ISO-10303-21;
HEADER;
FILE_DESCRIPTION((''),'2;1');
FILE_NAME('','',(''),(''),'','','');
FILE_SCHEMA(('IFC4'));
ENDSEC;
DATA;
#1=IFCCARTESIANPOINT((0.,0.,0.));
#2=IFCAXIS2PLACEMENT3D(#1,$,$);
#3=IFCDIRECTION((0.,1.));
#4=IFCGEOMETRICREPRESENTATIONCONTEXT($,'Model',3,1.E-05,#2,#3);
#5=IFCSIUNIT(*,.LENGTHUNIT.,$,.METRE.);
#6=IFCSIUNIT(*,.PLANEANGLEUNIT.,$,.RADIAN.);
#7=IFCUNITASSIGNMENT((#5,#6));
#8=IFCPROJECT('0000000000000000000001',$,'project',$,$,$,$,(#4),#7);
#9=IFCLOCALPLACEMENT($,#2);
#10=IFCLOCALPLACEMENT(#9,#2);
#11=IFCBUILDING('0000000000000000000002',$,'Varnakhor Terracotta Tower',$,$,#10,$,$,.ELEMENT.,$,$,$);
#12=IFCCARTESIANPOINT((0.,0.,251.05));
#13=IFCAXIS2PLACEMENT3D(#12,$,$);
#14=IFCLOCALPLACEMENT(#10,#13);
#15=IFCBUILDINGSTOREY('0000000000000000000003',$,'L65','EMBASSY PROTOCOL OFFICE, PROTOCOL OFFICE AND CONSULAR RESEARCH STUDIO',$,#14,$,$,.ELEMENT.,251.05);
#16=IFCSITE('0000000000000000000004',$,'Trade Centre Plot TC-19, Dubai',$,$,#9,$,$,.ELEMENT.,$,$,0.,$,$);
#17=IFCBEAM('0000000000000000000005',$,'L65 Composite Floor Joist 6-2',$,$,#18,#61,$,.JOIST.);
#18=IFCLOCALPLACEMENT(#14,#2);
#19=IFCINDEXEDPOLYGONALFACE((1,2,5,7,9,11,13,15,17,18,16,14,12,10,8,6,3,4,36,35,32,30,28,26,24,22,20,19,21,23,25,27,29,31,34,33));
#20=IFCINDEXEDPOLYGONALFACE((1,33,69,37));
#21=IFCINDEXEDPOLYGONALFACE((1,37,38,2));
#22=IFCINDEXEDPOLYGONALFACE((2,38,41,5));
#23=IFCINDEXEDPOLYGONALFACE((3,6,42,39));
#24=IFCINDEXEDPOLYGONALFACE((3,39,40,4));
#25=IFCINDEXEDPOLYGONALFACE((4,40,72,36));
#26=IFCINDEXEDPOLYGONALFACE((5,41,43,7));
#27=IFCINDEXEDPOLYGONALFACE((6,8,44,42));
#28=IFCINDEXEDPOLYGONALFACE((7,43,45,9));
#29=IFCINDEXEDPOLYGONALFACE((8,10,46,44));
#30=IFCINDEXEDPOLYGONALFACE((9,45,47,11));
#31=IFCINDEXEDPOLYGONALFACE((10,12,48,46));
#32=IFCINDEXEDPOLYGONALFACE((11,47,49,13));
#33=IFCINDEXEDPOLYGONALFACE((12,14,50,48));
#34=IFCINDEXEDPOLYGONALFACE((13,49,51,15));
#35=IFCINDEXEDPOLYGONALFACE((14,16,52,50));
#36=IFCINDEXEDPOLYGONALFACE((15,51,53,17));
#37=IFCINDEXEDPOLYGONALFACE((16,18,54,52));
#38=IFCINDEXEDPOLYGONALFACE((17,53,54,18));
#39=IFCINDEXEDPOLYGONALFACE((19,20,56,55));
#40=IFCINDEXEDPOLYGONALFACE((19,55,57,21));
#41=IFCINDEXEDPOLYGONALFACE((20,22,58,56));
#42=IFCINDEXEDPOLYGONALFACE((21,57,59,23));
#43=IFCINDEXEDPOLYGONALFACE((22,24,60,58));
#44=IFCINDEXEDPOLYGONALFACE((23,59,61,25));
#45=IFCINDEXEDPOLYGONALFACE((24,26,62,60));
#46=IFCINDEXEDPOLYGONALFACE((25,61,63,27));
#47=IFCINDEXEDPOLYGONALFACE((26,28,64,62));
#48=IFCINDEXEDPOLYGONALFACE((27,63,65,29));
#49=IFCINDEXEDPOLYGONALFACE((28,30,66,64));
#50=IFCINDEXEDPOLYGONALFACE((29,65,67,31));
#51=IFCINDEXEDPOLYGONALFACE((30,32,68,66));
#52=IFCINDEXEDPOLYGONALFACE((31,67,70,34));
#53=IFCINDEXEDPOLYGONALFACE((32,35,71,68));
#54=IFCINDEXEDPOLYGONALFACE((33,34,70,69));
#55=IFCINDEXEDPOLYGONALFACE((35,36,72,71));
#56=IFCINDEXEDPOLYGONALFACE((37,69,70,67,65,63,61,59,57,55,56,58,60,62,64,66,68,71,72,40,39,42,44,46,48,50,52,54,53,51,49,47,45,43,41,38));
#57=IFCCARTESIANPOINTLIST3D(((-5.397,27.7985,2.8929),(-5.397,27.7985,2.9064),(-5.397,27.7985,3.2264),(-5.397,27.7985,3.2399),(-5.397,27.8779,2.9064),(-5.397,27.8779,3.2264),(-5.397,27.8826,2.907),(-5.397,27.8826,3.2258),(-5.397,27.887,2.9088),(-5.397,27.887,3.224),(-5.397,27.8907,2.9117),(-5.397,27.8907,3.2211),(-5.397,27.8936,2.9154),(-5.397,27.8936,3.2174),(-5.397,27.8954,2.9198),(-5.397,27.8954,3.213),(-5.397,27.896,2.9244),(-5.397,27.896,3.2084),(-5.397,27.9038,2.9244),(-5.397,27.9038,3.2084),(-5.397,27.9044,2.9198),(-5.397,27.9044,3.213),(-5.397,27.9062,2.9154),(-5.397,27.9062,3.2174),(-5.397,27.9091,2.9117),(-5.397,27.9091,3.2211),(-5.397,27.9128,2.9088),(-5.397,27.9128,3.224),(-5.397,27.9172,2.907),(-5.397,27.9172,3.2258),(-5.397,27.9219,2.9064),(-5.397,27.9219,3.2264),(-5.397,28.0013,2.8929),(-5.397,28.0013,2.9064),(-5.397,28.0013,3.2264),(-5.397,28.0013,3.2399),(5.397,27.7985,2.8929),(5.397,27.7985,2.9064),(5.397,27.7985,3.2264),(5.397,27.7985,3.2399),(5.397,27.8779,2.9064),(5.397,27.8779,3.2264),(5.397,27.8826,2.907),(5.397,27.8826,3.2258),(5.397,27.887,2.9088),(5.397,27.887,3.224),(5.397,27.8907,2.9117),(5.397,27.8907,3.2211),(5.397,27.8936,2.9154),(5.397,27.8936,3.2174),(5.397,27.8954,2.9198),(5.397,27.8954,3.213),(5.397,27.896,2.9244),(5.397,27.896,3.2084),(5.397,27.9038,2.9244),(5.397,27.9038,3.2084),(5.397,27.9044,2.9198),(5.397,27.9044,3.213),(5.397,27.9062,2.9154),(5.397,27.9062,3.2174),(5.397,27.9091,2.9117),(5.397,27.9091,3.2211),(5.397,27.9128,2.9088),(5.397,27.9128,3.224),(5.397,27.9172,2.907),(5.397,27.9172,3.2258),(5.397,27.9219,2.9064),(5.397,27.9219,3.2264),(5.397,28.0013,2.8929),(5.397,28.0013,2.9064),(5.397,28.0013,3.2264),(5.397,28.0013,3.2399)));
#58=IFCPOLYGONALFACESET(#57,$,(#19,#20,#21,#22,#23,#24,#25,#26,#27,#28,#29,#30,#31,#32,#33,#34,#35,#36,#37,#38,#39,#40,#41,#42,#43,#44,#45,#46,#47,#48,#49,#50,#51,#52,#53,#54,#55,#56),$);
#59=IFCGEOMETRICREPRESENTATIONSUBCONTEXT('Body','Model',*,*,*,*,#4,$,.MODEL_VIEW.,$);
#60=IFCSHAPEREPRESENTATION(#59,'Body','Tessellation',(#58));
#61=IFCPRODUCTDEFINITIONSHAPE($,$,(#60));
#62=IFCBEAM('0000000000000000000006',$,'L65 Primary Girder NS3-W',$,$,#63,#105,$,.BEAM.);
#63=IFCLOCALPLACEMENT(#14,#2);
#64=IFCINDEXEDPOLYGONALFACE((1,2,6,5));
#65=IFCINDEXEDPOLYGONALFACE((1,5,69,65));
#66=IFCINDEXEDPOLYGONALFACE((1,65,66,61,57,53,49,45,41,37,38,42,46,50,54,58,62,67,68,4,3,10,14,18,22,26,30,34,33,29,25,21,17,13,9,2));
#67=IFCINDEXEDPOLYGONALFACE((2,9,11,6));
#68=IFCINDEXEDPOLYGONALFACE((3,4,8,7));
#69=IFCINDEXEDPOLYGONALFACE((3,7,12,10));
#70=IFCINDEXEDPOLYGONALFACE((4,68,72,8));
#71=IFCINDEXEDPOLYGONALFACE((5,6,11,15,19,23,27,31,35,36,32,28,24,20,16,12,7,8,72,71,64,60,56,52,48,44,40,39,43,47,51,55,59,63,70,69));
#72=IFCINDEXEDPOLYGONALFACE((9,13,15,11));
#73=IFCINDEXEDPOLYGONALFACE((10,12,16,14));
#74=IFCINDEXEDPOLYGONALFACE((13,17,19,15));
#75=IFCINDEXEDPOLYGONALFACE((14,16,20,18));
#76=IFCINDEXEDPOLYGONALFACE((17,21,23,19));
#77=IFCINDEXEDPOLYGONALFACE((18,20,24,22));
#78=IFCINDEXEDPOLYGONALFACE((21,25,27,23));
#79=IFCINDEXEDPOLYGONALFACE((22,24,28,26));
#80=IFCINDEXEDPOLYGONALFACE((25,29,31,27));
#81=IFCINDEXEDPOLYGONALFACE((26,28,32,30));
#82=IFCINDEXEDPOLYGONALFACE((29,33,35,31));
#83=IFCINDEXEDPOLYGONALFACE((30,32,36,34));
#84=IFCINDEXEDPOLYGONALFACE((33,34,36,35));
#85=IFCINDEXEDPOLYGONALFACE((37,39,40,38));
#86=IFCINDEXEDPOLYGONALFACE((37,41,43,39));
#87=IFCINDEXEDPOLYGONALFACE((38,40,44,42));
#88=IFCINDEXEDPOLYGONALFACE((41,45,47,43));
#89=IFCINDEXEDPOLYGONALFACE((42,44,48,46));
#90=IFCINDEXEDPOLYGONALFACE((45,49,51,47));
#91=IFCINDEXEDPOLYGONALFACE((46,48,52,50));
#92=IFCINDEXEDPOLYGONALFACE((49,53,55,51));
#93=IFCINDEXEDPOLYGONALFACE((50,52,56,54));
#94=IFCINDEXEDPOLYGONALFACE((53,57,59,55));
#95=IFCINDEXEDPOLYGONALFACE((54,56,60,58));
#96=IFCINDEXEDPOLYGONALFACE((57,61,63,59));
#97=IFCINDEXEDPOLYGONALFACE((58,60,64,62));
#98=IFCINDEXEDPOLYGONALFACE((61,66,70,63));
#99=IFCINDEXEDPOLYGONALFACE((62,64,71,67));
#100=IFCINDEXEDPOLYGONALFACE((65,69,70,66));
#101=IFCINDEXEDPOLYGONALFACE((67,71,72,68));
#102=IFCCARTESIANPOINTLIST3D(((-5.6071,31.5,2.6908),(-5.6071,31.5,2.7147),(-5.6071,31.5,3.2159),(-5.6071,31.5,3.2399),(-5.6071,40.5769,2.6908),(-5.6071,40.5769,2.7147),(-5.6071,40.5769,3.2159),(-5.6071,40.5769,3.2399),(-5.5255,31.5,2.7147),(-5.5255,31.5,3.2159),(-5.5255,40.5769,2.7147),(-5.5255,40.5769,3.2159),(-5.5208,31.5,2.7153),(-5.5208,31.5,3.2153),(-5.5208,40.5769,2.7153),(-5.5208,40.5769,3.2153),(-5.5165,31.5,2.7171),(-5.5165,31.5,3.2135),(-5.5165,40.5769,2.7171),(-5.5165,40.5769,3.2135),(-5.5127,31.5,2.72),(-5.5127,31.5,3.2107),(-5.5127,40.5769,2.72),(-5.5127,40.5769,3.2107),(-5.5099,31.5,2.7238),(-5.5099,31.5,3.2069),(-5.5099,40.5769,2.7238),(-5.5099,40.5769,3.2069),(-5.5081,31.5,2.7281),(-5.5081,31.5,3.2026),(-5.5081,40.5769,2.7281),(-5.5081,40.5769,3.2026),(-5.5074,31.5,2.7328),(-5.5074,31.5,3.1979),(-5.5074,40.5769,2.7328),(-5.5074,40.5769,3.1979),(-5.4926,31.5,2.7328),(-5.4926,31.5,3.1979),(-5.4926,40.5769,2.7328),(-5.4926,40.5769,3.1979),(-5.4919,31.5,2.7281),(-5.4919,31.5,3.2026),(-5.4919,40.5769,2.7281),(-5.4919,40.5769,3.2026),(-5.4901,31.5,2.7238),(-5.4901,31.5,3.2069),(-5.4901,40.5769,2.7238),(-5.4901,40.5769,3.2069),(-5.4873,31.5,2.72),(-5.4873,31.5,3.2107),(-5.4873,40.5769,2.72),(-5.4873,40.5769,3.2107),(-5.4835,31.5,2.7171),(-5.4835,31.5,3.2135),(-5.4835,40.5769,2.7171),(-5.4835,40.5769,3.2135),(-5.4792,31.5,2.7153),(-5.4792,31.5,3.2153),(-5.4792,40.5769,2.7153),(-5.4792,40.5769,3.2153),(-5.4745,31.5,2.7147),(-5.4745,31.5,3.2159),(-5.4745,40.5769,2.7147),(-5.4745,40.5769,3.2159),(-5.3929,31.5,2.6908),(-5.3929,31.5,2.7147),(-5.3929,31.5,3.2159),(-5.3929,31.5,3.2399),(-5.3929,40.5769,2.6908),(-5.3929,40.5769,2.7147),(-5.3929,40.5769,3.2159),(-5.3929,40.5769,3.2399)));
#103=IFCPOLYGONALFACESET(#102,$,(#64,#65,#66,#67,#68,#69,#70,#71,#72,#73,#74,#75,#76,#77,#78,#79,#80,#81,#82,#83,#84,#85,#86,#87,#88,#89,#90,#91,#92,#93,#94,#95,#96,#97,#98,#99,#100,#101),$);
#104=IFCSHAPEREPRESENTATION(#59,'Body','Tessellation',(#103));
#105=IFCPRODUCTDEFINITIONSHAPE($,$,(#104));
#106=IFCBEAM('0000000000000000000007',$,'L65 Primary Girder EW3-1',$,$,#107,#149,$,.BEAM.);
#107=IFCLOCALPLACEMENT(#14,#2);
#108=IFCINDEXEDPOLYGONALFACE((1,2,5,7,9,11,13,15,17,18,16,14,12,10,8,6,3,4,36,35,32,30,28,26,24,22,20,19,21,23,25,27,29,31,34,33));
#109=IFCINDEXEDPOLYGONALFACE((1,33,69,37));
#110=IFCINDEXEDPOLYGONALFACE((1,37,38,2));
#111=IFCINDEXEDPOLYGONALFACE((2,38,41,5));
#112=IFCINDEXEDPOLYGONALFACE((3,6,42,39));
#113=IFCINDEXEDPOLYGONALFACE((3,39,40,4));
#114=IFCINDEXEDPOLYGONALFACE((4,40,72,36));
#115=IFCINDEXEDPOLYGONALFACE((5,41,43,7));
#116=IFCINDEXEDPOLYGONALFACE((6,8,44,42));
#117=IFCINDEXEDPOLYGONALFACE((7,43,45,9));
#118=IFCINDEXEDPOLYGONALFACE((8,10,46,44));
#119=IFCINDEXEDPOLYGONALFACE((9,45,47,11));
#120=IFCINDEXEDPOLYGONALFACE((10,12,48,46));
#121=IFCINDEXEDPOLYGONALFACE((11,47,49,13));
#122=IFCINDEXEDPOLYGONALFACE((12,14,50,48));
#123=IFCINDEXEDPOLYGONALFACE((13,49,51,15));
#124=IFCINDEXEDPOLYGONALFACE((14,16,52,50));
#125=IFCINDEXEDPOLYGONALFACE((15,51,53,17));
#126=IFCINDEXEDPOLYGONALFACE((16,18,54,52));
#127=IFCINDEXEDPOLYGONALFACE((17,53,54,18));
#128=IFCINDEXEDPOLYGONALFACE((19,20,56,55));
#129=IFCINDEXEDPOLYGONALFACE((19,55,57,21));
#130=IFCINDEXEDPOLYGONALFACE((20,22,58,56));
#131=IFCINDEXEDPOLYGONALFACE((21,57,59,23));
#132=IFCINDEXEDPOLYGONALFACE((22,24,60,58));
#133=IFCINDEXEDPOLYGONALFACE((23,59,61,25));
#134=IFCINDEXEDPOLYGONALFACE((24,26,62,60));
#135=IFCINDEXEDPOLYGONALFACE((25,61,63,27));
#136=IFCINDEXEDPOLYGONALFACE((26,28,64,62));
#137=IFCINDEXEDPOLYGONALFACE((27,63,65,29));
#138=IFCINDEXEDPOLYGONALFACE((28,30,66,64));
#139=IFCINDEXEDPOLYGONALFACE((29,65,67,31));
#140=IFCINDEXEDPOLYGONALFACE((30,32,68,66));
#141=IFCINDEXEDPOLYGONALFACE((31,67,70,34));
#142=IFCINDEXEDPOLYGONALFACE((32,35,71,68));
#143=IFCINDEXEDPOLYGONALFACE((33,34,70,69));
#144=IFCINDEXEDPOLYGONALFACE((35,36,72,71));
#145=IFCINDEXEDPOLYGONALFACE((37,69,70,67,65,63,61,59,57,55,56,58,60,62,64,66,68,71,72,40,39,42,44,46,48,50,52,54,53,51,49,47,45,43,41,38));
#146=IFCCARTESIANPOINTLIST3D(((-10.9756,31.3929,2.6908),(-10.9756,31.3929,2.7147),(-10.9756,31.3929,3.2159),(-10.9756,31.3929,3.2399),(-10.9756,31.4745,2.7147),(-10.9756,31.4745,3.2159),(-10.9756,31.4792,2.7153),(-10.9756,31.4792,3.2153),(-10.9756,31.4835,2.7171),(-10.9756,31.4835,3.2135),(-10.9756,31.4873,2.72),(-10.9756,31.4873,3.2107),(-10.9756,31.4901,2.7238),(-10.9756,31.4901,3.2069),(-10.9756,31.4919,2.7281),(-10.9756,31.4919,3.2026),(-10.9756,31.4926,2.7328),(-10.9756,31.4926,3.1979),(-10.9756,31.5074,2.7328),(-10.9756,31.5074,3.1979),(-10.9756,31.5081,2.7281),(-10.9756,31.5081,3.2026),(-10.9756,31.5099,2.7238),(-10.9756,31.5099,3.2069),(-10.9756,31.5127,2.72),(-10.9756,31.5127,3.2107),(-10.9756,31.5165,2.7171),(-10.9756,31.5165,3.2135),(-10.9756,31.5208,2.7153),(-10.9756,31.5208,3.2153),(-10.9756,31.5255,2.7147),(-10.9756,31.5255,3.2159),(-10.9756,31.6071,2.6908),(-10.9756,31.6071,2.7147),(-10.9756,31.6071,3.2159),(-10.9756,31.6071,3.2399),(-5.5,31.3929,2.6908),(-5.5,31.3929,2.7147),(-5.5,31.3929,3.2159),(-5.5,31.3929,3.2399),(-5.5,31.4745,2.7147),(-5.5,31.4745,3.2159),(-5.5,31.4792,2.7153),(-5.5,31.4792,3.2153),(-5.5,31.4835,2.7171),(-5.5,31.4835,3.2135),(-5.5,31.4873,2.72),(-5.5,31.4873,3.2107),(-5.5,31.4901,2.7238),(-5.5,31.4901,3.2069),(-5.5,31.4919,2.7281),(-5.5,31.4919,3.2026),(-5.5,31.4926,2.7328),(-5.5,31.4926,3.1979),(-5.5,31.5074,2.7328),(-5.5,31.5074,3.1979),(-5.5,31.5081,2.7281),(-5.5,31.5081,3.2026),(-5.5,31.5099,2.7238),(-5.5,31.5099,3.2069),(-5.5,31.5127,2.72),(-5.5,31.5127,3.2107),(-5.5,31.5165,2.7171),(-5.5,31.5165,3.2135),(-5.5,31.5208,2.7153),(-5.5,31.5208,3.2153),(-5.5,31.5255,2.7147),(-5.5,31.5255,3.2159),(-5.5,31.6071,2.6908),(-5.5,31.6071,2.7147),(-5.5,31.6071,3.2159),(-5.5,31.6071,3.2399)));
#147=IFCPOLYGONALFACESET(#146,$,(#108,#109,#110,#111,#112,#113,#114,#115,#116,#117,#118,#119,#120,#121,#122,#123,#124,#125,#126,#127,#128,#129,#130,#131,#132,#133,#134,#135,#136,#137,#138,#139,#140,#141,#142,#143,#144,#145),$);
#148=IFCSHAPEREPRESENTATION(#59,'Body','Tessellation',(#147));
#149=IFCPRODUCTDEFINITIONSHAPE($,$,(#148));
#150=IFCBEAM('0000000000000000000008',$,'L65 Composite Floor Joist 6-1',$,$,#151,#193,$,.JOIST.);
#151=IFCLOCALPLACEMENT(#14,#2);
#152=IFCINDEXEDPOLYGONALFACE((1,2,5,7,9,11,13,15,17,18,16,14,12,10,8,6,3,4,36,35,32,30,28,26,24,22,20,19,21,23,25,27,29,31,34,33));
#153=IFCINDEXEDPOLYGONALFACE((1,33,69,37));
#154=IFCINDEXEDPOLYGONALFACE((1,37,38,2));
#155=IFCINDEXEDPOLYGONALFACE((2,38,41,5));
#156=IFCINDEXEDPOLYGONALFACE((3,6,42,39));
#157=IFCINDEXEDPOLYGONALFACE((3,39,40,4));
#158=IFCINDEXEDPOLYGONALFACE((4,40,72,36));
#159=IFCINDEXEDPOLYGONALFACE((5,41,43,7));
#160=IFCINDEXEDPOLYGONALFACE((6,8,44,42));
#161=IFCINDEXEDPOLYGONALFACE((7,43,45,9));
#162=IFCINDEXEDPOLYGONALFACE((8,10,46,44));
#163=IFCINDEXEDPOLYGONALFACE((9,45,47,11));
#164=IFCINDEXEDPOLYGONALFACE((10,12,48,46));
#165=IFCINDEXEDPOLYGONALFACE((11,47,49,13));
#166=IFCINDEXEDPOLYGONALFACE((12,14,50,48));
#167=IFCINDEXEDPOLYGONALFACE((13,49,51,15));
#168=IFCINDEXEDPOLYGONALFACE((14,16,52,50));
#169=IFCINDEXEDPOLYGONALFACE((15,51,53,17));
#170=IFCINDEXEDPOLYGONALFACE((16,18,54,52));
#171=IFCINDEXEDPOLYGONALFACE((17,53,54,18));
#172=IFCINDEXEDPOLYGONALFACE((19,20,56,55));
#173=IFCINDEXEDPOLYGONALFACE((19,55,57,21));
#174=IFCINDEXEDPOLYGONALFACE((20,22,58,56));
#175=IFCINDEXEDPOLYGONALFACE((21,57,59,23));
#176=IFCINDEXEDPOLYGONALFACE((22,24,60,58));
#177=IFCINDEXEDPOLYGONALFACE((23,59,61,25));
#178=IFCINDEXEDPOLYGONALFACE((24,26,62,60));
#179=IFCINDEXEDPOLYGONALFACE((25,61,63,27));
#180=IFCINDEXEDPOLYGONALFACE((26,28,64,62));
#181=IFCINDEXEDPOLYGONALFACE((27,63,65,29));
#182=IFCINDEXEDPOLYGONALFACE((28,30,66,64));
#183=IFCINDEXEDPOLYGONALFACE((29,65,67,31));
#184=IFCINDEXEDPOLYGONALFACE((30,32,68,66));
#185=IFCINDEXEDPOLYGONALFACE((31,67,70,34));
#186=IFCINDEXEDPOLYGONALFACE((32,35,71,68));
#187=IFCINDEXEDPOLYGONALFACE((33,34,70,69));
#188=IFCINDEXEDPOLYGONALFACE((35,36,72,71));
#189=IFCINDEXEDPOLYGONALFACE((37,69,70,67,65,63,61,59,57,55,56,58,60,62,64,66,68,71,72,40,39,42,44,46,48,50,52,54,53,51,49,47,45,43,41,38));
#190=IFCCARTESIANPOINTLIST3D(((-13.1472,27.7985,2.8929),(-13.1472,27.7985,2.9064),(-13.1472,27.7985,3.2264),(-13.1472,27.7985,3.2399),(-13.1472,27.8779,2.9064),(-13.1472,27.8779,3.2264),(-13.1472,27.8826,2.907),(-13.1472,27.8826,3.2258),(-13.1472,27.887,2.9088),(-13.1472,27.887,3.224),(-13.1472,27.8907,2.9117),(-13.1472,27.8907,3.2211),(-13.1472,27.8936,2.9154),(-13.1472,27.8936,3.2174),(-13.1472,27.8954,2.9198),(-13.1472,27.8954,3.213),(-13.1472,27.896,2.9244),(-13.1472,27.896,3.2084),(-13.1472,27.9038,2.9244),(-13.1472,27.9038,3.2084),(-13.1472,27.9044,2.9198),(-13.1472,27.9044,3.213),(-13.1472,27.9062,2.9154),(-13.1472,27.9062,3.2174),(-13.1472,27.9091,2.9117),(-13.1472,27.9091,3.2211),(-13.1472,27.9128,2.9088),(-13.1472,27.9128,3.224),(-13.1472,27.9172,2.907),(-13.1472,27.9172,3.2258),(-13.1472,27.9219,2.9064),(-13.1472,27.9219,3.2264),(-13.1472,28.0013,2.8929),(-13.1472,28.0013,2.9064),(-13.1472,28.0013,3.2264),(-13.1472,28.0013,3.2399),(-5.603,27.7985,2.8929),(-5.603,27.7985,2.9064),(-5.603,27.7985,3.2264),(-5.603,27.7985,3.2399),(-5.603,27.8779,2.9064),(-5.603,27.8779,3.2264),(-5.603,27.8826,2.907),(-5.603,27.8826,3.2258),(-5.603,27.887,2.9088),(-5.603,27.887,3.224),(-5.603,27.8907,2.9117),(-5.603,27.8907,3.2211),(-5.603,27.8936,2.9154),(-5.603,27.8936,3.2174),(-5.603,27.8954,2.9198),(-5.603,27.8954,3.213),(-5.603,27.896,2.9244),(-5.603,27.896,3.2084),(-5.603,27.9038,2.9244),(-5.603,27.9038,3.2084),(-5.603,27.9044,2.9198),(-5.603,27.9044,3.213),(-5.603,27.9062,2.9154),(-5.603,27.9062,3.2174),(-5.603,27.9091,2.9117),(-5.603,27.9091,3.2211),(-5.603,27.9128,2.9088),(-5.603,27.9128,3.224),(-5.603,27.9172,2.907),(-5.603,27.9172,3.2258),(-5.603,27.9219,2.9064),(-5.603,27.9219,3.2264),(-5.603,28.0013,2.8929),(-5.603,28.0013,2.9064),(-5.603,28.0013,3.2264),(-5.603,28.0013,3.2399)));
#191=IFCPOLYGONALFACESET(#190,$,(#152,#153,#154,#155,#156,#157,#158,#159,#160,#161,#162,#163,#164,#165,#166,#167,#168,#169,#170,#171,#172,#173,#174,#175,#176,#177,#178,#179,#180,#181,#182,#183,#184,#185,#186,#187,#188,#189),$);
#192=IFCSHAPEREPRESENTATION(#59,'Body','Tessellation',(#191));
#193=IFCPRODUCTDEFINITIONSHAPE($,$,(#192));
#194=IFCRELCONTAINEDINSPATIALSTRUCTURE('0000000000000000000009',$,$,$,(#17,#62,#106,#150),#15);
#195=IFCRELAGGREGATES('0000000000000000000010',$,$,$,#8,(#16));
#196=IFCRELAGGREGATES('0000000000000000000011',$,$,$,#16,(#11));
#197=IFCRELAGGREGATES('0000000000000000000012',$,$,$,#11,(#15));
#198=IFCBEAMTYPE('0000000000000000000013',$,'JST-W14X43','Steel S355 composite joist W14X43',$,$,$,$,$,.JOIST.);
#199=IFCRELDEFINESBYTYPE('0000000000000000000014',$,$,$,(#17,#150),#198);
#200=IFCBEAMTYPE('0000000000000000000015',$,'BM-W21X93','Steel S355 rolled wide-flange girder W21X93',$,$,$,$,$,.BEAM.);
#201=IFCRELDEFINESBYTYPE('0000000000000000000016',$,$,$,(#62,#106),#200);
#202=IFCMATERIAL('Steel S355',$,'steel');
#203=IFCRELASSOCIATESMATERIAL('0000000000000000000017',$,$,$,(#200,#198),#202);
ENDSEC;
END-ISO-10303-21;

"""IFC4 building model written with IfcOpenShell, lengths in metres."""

from ifc_helpers import new_model, si_unit, direction, frame, origin, origin_2d, place, context, subcontext, project, spatial, i_section, extrude, source, transform, mapped, material, material_profile, profile_set, type_object, element, save


model = new_model("IFC4")

# Units and contexts
model_context = context("Model", 3, precision=1e-05, world=origin(), true_north=direction((0.0, 1.0)))
body_context = subcontext(model_context, "Body", "Model", "MODEL_VIEW")
ifc_project = project(units=[si_unit("LENGTHUNIT", "METRE"), si_unit("PLANEANGLEUNIT", "RADIAN")], contexts=[model_context])

# Site, building, storey
site_placement = place(None, origin())
site = spatial("IfcSite", under=ifc_project, at=site_placement, Name="Trade Centre Plot TC-19, Dubai", CompositionType="ELEMENT", RefElevation=0.0)
building_placement = place(site_placement, origin())
building = spatial("IfcBuilding", under=site, at=building_placement, Name="Varnakhor Terracotta Tower", CompositionType="ELEMENT")
storey_placement = place(building_placement, frame((0.0, 0.0, 251.05)))
storey = spatial("IfcBuildingStorey", under=building, at=storey_placement, Name="L65", Description="EMBASSY PROTOCOL OFFICE, PROTOCOL OFFICE AND CONSULAR RESEARCH STUDIO", CompositionType="ELEMENT", Elevation=251.05)

# Beams
ifc_material_1 = material(Name="Steel S355", Category="steel")
ifc_material_profile_1 = material_profile(ifc_material_1, i_section(OverallWidth=0.2141, OverallDepth=0.5491, WebThickness=0.0149, FlangeThickness=0.0239, FilletRadius=0.0181, at=origin_2d()), Name="W21X93")
ifc_profile_set_1 = profile_set([ifc_material_profile_1], Name="Steel S355")
beam_type_1 = type_object("IfcBeamType", Name="BM-W21X93", Description="Steel S355 rolled wide-flange girder W21X93", PredefinedType="BEAM", material=ifc_profile_set_1)
ifc_material_profile_2 = material_profile(ifc_material_1, i_section(OverallWidth=0.2029, OverallDepth=0.3469, WebThickness=0.0078, FlangeThickness=0.0134, FilletRadius=0.0181, at=origin_2d()), Name="W14X43")
ifc_profile_set_2 = profile_set([ifc_material_profile_2], Name="Steel S355")
beam_type_2 = type_object("IfcBeamType", Name="JST-W14X43", Description="Steel S355 composite joist W14X43", PredefinedType="JOIST", material=ifc_profile_set_2)
shared_shape_1 = source(origin(), body_context, "Body", "SweptSolid", [
    extrude(i_section(OverallWidth=0.2029, OverallDepth=0.3469, WebThickness=0.0078, FlangeThickness=0.0134, FilletRadius=0.0181, at=origin_2d()), origin(), (0.0, 0.0, 1.0), 10.7939),
])
beam_1_placement = place(storey_placement, frame((-5.397, 27.8999, 3.0664), z_axis=(1.0, 0.0, 0.0), x_axis=(0.0, 1.0, 0.0)))
element("IfcBeam", 1, at=beam_1_placement, inside=storey, type_object=beam_type_2, Name="L65 Composite Floor Joist 6-2", PredefinedType="JOIST", context=body_context, shape_type="MappedRepresentation", body=[
    mapped(shared_shape_1, transform((0.0, 0.0, 0.0), scale=1.0)),
])
shared_shape_2 = source(origin(), body_context, "Body", "SweptSolid", [
    extrude(i_section(OverallWidth=0.2141, OverallDepth=0.5491, WebThickness=0.0149, FlangeThickness=0.0239, FilletRadius=0.0181, at=origin_2d()), origin(), (0.0, 0.0, 1.0), 9.0769),
])
beam_2_placement = place(storey_placement, frame((-5.5, 31.5, 2.9653), z_axis=(0.0, 1.0, 0.0), x_axis=(-1.0, 0.0, 0.0)))
element("IfcBeam", 2, at=beam_2_placement, inside=storey, type_object=beam_type_1, Name="L65 Primary Girder NS3-W", PredefinedType="BEAM", context=body_context, shape_type="MappedRepresentation", body=[
    mapped(shared_shape_2, transform((0.0, 0.0, 0.0), scale=1.0)),
])
shared_shape_3 = source(origin(), body_context, "Body", "SweptSolid", [
    extrude(i_section(OverallWidth=0.2141, OverallDepth=0.5491, WebThickness=0.0149, FlangeThickness=0.0239, FilletRadius=0.0181, at=origin_2d()), origin(), (0.0, 0.0, 1.0), 5.4756),
])
beam_3_placement = place(storey_placement, frame((-10.9756, 31.5, 2.9653), z_axis=(1.0, 0.0, 0.0), x_axis=(0.0, 1.0, 0.0)))
element("IfcBeam", 3, at=beam_3_placement, inside=storey, type_object=beam_type_1, Name="L65 Primary Girder EW3-1", PredefinedType="BEAM", context=body_context, shape_type="MappedRepresentation", body=[
    mapped(shared_shape_3, transform((0.0, 0.0, 0.0), scale=1.0)),
])
shared_shape_4 = source(origin(), body_context, "Body", "SweptSolid", [
    extrude(i_section(OverallWidth=0.2029, OverallDepth=0.3469, WebThickness=0.0078, FlangeThickness=0.0134, FilletRadius=0.0181, at=origin_2d()), origin(), (0.0, 0.0, 1.0), 7.5442),
])
beam_4_placement = place(storey_placement, frame((-13.1472, 27.8999, 3.0664), z_axis=(1.0, 0.0, 0.0), x_axis=(0.0, 1.0, 0.0)))
element("IfcBeam", 4, at=beam_4_placement, inside=storey, type_object=beam_type_2, Name="L65 Composite Floor Joist 6-1", PredefinedType="JOIST", context=body_context, shape_type="MappedRepresentation", body=[
    mapped(shared_shape_4, transform((0.0, 0.0, 0.0), scale=1.0)),
])

save(model, "model.ifc")
